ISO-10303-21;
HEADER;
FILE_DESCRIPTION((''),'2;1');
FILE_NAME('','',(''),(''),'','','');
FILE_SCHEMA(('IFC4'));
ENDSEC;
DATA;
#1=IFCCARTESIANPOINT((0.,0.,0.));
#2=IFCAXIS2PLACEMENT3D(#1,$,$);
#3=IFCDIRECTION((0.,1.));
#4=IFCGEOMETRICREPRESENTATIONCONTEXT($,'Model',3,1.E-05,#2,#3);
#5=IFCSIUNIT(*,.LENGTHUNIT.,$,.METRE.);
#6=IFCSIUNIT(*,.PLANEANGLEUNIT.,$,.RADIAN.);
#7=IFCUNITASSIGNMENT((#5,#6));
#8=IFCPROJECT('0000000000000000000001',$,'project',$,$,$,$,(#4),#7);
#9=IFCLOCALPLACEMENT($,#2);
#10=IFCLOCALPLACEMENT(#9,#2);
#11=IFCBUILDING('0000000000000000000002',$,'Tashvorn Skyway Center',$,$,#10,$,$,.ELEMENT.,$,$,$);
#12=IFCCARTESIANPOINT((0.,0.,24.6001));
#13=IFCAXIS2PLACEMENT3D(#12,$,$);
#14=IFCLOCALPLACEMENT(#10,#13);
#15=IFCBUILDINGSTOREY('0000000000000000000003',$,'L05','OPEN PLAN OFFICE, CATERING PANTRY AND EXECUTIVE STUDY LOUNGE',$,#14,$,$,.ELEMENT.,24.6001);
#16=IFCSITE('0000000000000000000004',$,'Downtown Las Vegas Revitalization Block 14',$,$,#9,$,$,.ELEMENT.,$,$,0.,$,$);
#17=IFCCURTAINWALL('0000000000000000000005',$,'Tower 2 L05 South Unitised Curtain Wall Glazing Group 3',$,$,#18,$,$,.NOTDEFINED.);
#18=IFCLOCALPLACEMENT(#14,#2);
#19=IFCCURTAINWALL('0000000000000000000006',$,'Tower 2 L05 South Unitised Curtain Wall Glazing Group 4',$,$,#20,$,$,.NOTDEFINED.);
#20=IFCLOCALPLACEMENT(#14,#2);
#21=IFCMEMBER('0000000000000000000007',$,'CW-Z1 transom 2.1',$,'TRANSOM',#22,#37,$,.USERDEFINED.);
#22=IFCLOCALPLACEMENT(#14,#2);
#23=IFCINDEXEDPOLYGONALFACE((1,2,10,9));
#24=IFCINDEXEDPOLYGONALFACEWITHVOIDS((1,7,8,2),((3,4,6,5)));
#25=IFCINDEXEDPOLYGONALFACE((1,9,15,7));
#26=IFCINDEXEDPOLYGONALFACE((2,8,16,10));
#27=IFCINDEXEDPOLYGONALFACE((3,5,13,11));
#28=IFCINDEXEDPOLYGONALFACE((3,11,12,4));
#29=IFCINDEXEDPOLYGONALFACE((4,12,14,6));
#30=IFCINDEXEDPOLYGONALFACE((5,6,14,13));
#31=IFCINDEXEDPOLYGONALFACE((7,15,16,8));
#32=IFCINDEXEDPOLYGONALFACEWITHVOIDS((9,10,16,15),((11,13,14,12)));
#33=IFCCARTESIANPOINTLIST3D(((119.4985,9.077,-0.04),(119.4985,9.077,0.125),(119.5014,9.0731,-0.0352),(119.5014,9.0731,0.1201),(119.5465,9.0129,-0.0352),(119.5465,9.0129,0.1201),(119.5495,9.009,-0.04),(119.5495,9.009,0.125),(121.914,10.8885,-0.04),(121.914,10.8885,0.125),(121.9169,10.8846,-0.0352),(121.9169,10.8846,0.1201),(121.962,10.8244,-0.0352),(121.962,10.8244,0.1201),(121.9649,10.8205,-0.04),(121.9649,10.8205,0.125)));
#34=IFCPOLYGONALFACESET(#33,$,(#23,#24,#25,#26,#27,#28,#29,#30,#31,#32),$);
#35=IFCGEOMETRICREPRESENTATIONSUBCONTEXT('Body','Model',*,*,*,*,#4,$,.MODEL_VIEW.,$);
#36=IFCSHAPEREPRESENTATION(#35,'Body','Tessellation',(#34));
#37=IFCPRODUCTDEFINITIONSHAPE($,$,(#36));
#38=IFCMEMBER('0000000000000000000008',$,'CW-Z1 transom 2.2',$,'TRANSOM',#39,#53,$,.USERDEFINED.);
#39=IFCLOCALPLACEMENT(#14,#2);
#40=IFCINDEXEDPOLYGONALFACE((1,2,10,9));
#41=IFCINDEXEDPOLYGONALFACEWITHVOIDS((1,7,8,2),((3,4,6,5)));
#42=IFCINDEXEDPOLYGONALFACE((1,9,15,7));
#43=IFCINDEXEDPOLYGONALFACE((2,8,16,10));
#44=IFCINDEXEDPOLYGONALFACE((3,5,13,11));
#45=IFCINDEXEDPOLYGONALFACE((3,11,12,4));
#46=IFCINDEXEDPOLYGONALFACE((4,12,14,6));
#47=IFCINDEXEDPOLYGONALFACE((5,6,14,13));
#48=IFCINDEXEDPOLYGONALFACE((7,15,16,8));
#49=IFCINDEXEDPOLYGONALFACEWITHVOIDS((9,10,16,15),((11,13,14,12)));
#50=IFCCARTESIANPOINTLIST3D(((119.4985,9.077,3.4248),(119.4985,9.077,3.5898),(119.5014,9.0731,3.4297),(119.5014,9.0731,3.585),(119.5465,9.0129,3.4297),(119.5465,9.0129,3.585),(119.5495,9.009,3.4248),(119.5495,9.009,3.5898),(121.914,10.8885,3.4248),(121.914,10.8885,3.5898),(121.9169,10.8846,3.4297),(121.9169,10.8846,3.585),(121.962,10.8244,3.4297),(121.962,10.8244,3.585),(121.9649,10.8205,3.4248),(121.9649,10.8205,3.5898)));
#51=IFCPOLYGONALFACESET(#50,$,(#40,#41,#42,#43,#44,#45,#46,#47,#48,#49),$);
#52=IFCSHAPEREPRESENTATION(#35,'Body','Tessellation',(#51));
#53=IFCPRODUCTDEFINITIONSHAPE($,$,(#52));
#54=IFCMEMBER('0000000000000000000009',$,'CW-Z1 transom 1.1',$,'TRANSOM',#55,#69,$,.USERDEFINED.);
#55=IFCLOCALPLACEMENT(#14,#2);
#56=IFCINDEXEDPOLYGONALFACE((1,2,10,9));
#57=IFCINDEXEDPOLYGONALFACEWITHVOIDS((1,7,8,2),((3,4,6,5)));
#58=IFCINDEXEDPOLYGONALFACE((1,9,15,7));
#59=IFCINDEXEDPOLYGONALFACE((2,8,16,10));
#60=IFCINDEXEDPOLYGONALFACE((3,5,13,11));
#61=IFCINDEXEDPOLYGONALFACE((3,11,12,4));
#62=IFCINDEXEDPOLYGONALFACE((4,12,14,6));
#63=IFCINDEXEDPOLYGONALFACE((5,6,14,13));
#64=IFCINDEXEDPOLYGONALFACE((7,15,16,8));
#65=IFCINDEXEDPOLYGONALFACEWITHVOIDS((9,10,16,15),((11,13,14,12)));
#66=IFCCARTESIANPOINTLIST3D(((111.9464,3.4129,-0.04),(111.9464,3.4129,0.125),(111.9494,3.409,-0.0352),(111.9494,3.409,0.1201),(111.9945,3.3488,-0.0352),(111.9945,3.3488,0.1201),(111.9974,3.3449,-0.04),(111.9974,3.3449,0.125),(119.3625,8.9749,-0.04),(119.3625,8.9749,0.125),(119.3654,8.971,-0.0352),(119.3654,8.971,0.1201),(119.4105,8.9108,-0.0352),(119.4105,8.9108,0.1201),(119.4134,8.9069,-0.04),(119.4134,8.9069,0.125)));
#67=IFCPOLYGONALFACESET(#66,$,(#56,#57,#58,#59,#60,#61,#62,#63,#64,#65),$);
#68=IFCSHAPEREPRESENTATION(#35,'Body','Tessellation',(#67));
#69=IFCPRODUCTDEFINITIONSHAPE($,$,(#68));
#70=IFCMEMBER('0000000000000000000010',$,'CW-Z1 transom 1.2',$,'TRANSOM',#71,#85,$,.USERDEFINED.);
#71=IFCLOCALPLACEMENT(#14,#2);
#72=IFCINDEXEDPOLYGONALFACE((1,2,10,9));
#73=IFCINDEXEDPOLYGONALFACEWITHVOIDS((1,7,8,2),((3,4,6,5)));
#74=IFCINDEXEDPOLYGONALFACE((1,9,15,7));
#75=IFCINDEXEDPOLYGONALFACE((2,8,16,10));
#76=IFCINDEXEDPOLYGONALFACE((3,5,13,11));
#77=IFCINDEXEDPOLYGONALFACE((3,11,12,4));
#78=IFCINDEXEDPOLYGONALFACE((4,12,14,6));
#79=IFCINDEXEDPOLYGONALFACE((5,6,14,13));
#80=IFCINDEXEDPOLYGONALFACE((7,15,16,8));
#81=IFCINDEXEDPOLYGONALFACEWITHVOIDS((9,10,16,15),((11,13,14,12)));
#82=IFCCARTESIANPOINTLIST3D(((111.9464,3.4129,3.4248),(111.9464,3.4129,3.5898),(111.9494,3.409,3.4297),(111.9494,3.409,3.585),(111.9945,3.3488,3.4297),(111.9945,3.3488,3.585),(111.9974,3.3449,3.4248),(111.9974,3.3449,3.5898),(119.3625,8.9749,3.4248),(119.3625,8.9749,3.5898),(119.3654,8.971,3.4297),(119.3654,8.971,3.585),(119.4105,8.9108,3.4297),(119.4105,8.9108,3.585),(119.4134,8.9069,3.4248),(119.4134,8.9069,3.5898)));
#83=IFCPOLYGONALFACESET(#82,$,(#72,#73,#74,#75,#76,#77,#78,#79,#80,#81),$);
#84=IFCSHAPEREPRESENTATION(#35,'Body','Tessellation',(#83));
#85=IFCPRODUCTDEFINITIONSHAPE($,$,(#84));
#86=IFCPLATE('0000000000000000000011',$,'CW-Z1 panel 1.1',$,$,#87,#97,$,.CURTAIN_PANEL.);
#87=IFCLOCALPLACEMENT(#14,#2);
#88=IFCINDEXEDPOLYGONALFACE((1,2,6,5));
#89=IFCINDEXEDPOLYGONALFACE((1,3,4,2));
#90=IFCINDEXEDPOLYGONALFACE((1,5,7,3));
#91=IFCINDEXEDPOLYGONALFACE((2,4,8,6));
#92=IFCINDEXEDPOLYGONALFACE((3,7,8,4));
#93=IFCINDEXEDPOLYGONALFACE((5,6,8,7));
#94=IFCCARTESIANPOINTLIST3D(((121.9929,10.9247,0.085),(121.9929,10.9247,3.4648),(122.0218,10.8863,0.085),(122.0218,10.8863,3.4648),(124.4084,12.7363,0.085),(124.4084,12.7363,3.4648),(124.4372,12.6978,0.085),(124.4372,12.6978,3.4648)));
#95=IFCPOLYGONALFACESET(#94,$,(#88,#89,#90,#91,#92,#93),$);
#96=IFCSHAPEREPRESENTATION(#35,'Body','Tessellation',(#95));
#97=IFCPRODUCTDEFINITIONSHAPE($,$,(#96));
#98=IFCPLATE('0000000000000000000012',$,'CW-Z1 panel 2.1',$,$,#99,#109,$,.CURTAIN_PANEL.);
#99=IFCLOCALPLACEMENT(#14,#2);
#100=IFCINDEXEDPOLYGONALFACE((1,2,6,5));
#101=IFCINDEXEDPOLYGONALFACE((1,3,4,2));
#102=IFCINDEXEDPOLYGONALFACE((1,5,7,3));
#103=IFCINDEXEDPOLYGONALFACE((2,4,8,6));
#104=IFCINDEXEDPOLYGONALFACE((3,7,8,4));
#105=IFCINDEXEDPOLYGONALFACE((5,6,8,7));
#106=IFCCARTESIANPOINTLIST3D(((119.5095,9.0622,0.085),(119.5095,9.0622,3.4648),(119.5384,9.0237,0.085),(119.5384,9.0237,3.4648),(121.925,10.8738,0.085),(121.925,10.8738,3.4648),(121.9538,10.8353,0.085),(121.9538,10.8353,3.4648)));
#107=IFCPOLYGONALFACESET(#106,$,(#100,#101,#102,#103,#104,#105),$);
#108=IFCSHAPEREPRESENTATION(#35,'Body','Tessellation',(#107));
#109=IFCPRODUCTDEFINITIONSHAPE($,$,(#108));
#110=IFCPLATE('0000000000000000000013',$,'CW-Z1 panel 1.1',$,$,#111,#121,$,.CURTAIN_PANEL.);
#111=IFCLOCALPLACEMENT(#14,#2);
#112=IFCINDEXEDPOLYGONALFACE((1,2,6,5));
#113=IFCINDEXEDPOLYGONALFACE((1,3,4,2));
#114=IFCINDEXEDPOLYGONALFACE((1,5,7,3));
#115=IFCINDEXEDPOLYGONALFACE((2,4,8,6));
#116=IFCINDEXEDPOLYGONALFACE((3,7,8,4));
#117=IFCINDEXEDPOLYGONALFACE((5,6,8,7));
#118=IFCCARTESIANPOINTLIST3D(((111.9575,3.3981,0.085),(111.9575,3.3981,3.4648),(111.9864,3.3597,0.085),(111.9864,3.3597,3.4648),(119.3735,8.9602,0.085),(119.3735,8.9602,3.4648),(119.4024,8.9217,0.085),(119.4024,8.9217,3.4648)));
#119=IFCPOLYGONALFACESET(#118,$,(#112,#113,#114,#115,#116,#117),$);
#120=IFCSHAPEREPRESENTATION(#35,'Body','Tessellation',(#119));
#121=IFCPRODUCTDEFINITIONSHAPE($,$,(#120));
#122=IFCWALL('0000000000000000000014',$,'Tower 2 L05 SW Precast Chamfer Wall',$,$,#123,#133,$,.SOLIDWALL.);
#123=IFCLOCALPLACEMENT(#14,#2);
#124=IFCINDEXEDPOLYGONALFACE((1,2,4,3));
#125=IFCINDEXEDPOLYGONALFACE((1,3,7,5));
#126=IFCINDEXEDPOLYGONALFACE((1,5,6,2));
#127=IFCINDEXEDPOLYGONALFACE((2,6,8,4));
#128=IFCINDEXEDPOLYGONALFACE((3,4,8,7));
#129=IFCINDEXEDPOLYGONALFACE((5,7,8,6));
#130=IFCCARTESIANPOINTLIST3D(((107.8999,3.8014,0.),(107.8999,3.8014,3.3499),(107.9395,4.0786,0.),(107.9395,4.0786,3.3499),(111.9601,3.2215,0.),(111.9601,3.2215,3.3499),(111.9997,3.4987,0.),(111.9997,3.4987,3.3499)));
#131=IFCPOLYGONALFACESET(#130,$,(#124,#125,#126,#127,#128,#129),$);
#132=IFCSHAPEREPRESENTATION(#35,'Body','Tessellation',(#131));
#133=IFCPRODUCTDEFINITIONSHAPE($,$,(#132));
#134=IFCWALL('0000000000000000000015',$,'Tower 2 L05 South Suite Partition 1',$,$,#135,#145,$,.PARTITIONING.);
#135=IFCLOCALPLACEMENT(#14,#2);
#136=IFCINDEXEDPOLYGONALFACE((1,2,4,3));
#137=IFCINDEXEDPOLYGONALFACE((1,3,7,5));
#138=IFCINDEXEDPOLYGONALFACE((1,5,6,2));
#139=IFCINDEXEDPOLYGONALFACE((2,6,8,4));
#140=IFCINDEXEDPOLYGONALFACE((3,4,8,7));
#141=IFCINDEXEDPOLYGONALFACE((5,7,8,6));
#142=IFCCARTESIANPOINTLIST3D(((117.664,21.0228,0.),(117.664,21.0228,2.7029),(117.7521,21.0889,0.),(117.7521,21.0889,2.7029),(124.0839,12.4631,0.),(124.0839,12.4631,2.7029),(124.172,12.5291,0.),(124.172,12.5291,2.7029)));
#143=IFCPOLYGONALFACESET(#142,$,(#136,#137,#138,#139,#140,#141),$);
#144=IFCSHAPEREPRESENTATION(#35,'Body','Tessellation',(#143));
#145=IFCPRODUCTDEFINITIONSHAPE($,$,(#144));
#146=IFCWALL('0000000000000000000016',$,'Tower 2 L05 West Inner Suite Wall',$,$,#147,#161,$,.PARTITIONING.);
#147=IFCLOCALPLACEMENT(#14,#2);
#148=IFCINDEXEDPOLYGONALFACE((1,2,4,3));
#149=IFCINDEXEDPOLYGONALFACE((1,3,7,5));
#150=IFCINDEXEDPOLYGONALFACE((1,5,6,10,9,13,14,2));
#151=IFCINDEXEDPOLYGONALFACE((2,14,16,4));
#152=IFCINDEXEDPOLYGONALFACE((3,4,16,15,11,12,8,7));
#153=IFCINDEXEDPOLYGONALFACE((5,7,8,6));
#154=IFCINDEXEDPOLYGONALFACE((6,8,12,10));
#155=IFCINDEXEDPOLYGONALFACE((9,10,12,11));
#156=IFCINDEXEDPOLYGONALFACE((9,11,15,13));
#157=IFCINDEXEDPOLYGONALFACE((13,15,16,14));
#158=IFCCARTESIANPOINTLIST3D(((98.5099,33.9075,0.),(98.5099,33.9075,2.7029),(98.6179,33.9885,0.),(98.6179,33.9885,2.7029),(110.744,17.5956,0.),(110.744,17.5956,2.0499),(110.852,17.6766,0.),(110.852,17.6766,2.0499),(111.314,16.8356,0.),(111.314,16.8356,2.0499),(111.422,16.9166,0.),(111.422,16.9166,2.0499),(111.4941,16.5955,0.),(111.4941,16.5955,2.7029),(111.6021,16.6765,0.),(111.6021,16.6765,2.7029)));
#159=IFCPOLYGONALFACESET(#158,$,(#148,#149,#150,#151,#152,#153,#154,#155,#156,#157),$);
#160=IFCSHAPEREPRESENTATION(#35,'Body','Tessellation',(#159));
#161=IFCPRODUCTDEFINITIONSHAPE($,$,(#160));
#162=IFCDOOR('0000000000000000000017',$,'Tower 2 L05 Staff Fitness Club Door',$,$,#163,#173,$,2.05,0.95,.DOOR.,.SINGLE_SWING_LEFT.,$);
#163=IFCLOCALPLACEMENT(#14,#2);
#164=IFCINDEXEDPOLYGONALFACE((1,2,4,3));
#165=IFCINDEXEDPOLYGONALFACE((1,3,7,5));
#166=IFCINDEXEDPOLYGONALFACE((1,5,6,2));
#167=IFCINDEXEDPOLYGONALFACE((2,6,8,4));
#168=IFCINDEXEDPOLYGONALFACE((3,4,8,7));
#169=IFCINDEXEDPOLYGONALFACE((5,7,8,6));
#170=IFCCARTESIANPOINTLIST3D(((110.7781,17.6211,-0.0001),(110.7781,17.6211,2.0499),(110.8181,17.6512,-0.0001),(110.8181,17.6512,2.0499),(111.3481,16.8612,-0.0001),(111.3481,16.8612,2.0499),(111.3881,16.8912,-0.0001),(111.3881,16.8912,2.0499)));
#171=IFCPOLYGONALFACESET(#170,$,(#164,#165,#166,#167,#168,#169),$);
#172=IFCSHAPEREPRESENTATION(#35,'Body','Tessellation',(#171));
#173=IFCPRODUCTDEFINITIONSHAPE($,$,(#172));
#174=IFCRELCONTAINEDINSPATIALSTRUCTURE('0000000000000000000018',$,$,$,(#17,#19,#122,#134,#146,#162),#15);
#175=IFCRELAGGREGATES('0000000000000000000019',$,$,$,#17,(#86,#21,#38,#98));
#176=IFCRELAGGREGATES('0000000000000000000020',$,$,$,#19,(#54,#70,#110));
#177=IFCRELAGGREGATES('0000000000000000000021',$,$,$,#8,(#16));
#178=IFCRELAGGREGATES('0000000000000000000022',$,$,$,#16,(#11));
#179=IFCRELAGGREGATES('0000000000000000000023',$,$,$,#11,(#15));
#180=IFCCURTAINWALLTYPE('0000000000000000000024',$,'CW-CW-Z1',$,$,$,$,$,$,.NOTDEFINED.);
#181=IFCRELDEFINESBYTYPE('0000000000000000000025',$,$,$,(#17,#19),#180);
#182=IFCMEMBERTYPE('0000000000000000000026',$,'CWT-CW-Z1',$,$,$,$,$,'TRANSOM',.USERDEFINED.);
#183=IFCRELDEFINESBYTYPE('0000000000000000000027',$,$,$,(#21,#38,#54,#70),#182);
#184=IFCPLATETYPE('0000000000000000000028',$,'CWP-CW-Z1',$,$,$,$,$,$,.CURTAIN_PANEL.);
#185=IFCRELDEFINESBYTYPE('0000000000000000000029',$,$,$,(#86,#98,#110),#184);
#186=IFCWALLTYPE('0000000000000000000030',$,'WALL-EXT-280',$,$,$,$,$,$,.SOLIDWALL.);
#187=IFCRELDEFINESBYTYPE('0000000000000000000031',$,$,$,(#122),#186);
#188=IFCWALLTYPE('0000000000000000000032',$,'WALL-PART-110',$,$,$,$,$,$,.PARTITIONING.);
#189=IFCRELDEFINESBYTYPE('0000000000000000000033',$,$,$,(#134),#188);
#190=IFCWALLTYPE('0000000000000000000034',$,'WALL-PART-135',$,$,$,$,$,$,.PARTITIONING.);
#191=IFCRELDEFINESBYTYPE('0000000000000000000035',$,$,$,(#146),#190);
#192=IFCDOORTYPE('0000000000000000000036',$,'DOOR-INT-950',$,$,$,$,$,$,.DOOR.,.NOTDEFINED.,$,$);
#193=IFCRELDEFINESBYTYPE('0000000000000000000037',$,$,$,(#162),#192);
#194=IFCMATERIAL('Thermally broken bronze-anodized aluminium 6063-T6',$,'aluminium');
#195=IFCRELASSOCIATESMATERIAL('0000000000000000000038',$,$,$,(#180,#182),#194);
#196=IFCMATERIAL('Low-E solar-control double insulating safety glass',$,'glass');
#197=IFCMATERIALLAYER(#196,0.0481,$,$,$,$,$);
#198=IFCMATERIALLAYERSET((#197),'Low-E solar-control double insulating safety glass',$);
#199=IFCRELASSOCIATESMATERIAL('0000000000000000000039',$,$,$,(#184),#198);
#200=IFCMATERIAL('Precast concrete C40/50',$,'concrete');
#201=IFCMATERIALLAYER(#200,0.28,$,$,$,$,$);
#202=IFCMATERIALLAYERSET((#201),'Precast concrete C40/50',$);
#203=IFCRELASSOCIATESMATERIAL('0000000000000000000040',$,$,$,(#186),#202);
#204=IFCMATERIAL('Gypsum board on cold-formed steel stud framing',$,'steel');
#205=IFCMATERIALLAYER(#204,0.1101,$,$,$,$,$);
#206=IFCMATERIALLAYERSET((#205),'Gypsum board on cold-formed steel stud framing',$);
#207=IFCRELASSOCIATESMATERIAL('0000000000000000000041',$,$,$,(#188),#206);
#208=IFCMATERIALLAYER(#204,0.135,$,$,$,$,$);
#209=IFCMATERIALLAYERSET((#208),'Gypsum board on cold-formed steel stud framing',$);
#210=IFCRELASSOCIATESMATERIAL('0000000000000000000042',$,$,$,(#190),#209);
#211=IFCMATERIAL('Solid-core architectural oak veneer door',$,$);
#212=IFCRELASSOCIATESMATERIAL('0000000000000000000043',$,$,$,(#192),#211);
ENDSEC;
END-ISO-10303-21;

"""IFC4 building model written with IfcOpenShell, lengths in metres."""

from ifc_helpers import new_model, si_unit, direction, frame, frame_2d, origin, origin_2d, place, context, subcontext, project, spatial, rectangle, hollow_rectangle, extrude, material, layer, layer_set, material_profile, profile_set, type_object, element, fill, aggregate, save


model = new_model("IFC4")

# Units and contexts
model_context = context("Model", 3, precision=1e-05, world=origin(), true_north=direction((0.0, 1.0)))
body_context = subcontext(model_context, "Body", "Model", "MODEL_VIEW")
ifc_project = project(units=[si_unit("LENGTHUNIT", "METRE"), si_unit("PLANEANGLEUNIT", "RADIAN")], contexts=[model_context])

# Site, building, storey
site_placement = place(None, origin())
site = spatial("IfcSite", under=ifc_project, at=site_placement, Name="Downtown Las Vegas Revitalization Block 14", CompositionType="ELEMENT", RefElevation=0.0)
building_placement = place(site_placement, origin())
building = spatial("IfcBuilding", under=site, at=building_placement, Name="Tashvorn Skyway Center", CompositionType="ELEMENT")
storey_placement = place(building_placement, frame((0.0, 0.0, 24.6001)))
storey = spatial("IfcBuildingStorey", under=building, at=storey_placement, Name="L05", Description="OPEN PLAN OFFICE, CATERING PANTRY AND EXECUTIVE STUDY LOUNGE", CompositionType="ELEMENT", Elevation=24.6001)

# Curtain walls
ifc_material_1 = material(Name="Thermally broken bronze-anodized aluminium 6063-T6", Category="aluminium")
curtain_wall_type = type_object("IfcCurtainWallType", Name="CW-CW-Z1", PredefinedType="NOTDEFINED", material=ifc_material_1)
curtain_wall_1_placement = place(storey_placement, origin())
curtain_wall_1 = element("IfcCurtainWall", 1, at=curtain_wall_1_placement, inside=storey, type_object=curtain_wall_type, Name="Tower 2 L05 South Unitised Curtain Wall Glazing Group 3", PredefinedType="NOTDEFINED")
curtain_wall_2_placement = place(storey_placement, origin())
curtain_wall_2 = element("IfcCurtainWall", 2, at=curtain_wall_2_placement, inside=storey, type_object=curtain_wall_type, Name="Tower 2 L05 South Unitised Curtain Wall Glazing Group 4", PredefinedType="NOTDEFINED")

# Members
ifc_material_profile_1 = material_profile(ifc_material_1, hollow_rectangle(XDim=0.085, YDim=0.165, WallThickness=0.0049, at=origin_2d()), Name="ALU-TRAN-85x165")
ifc_profile_set_1 = profile_set([ifc_material_profile_1], Name="Thermally broken bronze-anodized aluminium 6063-T6")
member_type_1 = type_object("IfcMemberType", Name="CWT-CW-Z1", ElementType="TRANSOM", PredefinedType="USERDEFINED", material=ifc_profile_set_1)
member_1_placement = place(storey_placement, frame((121.9395, 10.8545, 0.0425), z_axis=(-0.800019, -0.599974, 0.0), x_axis=(0.599974, -0.800019, 0.0)))
member_1 = element("IfcMember", 3, at=member_1_placement, type_object=member_type_1, Name="CW-Z1 transom 2.1", ObjectType="TRANSOM", PredefinedType="USERDEFINED", context=body_context, shape_type="SweptSolid", body=[
    extrude(hollow_rectangle(XDim=0.085, YDim=0.165, WallThickness=0.0049, at=origin_2d()), origin(), (0.0, 0.0, 1.0), 3.0193),
])
member_2_placement = place(storey_placement, frame((121.9395, 10.8545, 3.5073), z_axis=(-0.800019, -0.599974, 0.0), x_axis=(0.599974, -0.800019, 0.0)))
member_2 = element("IfcMember", 4, at=member_2_placement, type_object=member_type_1, Name="CW-Z1 transom 2.2", ObjectType="TRANSOM", PredefinedType="USERDEFINED", context=body_context, shape_type="SweptSolid", body=[
    extrude(hollow_rectangle(XDim=0.085, YDim=0.165, WallThickness=0.0049, at=origin_2d()), origin(), (0.0, 0.0, 1.0), 3.0193),
])
member_3_placement = place(storey_placement, frame((119.3879, 8.9409, 0.0425), z_axis=(-0.8, -0.6, 0.0), x_axis=(0.6, -0.8, 0.0)))
member_3 = element("IfcMember", 5, at=member_3_placement, type_object=member_type_1, Name="CW-Z1 transom 1.1", ObjectType="TRANSOM", PredefinedType="USERDEFINED", context=body_context, shape_type="SweptSolid", body=[
    extrude(hollow_rectangle(XDim=0.085, YDim=0.165, WallThickness=0.0049, at=origin_2d()), origin(), (0.0, 0.0, 1.0), 9.27),
])
member_4_placement = place(storey_placement, frame((119.3879, 8.9409, 3.5073), z_axis=(-0.8, -0.6, 0.0), x_axis=(0.6, -0.8, 0.0)))
member_4 = element("IfcMember", 6, at=member_4_placement, type_object=member_type_1, Name="CW-Z1 transom 1.2", ObjectType="TRANSOM", PredefinedType="USERDEFINED", context=body_context, shape_type="SweptSolid", body=[
    extrude(hollow_rectangle(XDim=0.085, YDim=0.165, WallThickness=0.0049, at=origin_2d()), origin(), (0.0, 0.0, 1.0), 9.27),
])

# Plates
ifc_material_2 = material(Name="Low-E solar-control double insulating safety glass", Category="glass")
ifc_layer_1 = layer(ifc_material_2, 0.0481)
ifc_layer_set_1 = layer_set([ifc_layer_1], Name="Low-E solar-control double insulating safety glass")
plate_type = type_object("IfcPlateType", Name="CWP-CW-Z1", PredefinedType="CURTAIN_PANEL", material=ifc_layer_set_1)
plate_1_placement = place(storey_placement, frame((123.2151, 11.8113, 0.085), z_axis=(0.0, 0.0, 1.0), x_axis=(-0.800002, -0.599997, 0.0)))
plate_1 = element("IfcPlate", 7, at=plate_1_placement, type_object=plate_type, Name="CW-Z1 panel 1.1", PredefinedType="CURTAIN_PANEL", context=body_context, shape_type="SweptSolid", body=[
    extrude(rectangle(XDim=3.0193, YDim=0.0481, at=origin_2d()), origin(), (0.0, 0.0, 1.0), 3.3799),
])
plate_2_placement = place(storey_placement, frame((120.7317, 9.9487, 0.085), z_axis=(0.0, 0.0, 1.0), x_axis=(-0.800002, -0.599997, 0.0)))
plate_2 = element("IfcPlate", 8, at=plate_2_placement, type_object=plate_type, Name="CW-Z1 panel 2.1", PredefinedType="CURTAIN_PANEL", context=body_context, shape_type="SweptSolid", body=[
    extrude(rectangle(XDim=3.0193, YDim=0.0481, at=origin_2d()), origin(), (0.0, 0.0, 1.0), 3.3799),
])
aggregate(curtain_wall_1, [plate_1, member_1, member_2, plate_2])
plate_3_placement = place(storey_placement, frame((115.6799, 6.1599, 0.085), z_axis=(0.0, 0.0, 1.0), x_axis=(-0.8, -0.6, 0.0)))
plate_3 = element("IfcPlate", 9, at=plate_3_placement, type_object=plate_type, Name="CW-Z1 panel 1.1", PredefinedType="CURTAIN_PANEL", context=body_context, shape_type="SweptSolid", body=[
    extrude(rectangle(XDim=9.27, YDim=0.0481, at=origin_2d()), origin(), (0.0, 0.0, 1.0), 3.3799),
])
aggregate(curtain_wall_2, [member_3, member_4, plate_3])

# Walls
ifc_material_3 = material(Name="Precast concrete C40/50", Category="concrete")
ifc_layer_2 = layer(ifc_material_3, 0.28)
ifc_layer_set_2 = layer_set([ifc_layer_2], Name="Precast concrete C40/50")
wall_type_1 = type_object("IfcWallType", Name="WALL-EXT-280", PredefinedType="SOLIDWALL", material=ifc_layer_set_2)
wall_1_placement = place(storey_placement, frame((111.98, 3.3601, 0.0), z_axis=(0.0, 0.0, 1.0), x_axis=(-0.989955, 0.14138, 0.0)))
element("IfcWall", 10, at=wall_1_placement, inside=storey, type_object=wall_type_1, Name="Tower 2 L05 SW Precast Chamfer Wall", PredefinedType="SOLIDWALL", context=body_context, shape_type="SweptSolid", body=[
    extrude(rectangle(XDim=4.1013, YDim=0.28, at=frame_2d((2.0508, 0.0))), origin(), (0.0, 0.0, 1.0), 3.3499),
])
ifc_material_4 = material(Name="Gypsum board on cold-formed steel stud framing", Category="steel")
ifc_layer_3 = layer(ifc_material_4, 0.1101)
ifc_layer_set_3 = layer_set([ifc_layer_3], Name="Gypsum board on cold-formed steel stud framing")
wall_type_2 = type_object("IfcWallType", Name="WALL-PART-110", PredefinedType="PARTITIONING", material=ifc_layer_set_3)
wall_2_placement = place(storey_placement, frame((124.1279, 12.4961, 0.0), z_axis=(0.0, 0.0, 1.0), x_axis=(-0.600004, 0.799997, 0.0)))
element("IfcWall", 11, at=wall_2_placement, inside=storey, type_object=wall_type_2, Name="Tower 2 L05 South Suite Partition 1", PredefinedType="PARTITIONING", context=body_context, shape_type="SweptSolid", body=[
    extrude(rectangle(XDim=10.6997, YDim=0.1101, at=frame_2d((5.3499, 0.0))), origin(), (0.0, 0.0, 1.0), 2.7029),
])

# Wall, opening, door
ifc_layer_4 = layer(ifc_material_4, 0.135)
ifc_layer_set_4 = layer_set([ifc_layer_4], Name="Gypsum board on cold-formed steel stud framing")
wall_type_3 = type_object("IfcWallType", Name="WALL-PART-135", PredefinedType="PARTITIONING", material=ifc_layer_set_4)
wall_3_placement = place(storey_placement, frame((111.5481, 16.636, 0.0), z_axis=(0.0, 0.0, 1.0), x_axis=(-0.600004, 0.799997, 0.0)))
wall_3 = element("IfcWall", 12, at=wall_3_placement, inside=storey, type_object=wall_type_3, Name="Tower 2 L05 West Inner Suite Wall", PredefinedType="PARTITIONING", context=body_context, shape_type="SweptSolid", body=[
    extrude(rectangle(XDim=21.6401, YDim=0.135, at=frame_2d((10.8201, 0.0))), origin(), (0.0, 0.0, 1.0), 2.7029),
])
opening_placement = place(wall_3_placement, frame((0.3, 0.0, 0.0)))
opening = element("IfcOpeningElement", 13, at=opening_placement, cuts=wall_3, PredefinedType="OPENING", context=body_context, shape_type="SweptSolid", body=[
    extrude(rectangle(XDim=0.95, YDim=2.05, at=frame_2d((0.4751, 1.0249))), frame((0.0, 0.0774, 0.0), z_axis=(0.0, -1.0, 0.0), x_axis=(1.0, 0.0, 0.0)), (0.0, 0.0, 1.0), 0.155),
])
ifc_material_5 = material(Name="Solid-core architectural oak veneer door")
door_type = type_object("IfcDoorType", Name="DOOR-INT-950", OperationType="NOTDEFINED", PredefinedType="DOOR", material=ifc_material_5)
door_placement = place(opening_placement, origin())
door = element("IfcDoor", 14, at=door_placement, inside=storey, type_object=door_type, Name="Tower 2 L05 Staff Fitness Club Door", OperationType="SINGLE_SWING_LEFT", OverallHeight=2.05, OverallWidth=0.95, PredefinedType="DOOR", context=body_context, shape_type="SweptSolid", body=[
    extrude(rectangle(XDim=0.95, YDim=2.05, at=frame_2d((0.4751, 1.0249))), frame((0.0, 0.0249, 0.0), z_axis=(0.0, -1.0, 0.0), x_axis=(1.0, 0.0, 0.0)), (0.0, 0.0, 1.0), 0.05),
])
fill(opening, door)

save(model, "model.ifc")
